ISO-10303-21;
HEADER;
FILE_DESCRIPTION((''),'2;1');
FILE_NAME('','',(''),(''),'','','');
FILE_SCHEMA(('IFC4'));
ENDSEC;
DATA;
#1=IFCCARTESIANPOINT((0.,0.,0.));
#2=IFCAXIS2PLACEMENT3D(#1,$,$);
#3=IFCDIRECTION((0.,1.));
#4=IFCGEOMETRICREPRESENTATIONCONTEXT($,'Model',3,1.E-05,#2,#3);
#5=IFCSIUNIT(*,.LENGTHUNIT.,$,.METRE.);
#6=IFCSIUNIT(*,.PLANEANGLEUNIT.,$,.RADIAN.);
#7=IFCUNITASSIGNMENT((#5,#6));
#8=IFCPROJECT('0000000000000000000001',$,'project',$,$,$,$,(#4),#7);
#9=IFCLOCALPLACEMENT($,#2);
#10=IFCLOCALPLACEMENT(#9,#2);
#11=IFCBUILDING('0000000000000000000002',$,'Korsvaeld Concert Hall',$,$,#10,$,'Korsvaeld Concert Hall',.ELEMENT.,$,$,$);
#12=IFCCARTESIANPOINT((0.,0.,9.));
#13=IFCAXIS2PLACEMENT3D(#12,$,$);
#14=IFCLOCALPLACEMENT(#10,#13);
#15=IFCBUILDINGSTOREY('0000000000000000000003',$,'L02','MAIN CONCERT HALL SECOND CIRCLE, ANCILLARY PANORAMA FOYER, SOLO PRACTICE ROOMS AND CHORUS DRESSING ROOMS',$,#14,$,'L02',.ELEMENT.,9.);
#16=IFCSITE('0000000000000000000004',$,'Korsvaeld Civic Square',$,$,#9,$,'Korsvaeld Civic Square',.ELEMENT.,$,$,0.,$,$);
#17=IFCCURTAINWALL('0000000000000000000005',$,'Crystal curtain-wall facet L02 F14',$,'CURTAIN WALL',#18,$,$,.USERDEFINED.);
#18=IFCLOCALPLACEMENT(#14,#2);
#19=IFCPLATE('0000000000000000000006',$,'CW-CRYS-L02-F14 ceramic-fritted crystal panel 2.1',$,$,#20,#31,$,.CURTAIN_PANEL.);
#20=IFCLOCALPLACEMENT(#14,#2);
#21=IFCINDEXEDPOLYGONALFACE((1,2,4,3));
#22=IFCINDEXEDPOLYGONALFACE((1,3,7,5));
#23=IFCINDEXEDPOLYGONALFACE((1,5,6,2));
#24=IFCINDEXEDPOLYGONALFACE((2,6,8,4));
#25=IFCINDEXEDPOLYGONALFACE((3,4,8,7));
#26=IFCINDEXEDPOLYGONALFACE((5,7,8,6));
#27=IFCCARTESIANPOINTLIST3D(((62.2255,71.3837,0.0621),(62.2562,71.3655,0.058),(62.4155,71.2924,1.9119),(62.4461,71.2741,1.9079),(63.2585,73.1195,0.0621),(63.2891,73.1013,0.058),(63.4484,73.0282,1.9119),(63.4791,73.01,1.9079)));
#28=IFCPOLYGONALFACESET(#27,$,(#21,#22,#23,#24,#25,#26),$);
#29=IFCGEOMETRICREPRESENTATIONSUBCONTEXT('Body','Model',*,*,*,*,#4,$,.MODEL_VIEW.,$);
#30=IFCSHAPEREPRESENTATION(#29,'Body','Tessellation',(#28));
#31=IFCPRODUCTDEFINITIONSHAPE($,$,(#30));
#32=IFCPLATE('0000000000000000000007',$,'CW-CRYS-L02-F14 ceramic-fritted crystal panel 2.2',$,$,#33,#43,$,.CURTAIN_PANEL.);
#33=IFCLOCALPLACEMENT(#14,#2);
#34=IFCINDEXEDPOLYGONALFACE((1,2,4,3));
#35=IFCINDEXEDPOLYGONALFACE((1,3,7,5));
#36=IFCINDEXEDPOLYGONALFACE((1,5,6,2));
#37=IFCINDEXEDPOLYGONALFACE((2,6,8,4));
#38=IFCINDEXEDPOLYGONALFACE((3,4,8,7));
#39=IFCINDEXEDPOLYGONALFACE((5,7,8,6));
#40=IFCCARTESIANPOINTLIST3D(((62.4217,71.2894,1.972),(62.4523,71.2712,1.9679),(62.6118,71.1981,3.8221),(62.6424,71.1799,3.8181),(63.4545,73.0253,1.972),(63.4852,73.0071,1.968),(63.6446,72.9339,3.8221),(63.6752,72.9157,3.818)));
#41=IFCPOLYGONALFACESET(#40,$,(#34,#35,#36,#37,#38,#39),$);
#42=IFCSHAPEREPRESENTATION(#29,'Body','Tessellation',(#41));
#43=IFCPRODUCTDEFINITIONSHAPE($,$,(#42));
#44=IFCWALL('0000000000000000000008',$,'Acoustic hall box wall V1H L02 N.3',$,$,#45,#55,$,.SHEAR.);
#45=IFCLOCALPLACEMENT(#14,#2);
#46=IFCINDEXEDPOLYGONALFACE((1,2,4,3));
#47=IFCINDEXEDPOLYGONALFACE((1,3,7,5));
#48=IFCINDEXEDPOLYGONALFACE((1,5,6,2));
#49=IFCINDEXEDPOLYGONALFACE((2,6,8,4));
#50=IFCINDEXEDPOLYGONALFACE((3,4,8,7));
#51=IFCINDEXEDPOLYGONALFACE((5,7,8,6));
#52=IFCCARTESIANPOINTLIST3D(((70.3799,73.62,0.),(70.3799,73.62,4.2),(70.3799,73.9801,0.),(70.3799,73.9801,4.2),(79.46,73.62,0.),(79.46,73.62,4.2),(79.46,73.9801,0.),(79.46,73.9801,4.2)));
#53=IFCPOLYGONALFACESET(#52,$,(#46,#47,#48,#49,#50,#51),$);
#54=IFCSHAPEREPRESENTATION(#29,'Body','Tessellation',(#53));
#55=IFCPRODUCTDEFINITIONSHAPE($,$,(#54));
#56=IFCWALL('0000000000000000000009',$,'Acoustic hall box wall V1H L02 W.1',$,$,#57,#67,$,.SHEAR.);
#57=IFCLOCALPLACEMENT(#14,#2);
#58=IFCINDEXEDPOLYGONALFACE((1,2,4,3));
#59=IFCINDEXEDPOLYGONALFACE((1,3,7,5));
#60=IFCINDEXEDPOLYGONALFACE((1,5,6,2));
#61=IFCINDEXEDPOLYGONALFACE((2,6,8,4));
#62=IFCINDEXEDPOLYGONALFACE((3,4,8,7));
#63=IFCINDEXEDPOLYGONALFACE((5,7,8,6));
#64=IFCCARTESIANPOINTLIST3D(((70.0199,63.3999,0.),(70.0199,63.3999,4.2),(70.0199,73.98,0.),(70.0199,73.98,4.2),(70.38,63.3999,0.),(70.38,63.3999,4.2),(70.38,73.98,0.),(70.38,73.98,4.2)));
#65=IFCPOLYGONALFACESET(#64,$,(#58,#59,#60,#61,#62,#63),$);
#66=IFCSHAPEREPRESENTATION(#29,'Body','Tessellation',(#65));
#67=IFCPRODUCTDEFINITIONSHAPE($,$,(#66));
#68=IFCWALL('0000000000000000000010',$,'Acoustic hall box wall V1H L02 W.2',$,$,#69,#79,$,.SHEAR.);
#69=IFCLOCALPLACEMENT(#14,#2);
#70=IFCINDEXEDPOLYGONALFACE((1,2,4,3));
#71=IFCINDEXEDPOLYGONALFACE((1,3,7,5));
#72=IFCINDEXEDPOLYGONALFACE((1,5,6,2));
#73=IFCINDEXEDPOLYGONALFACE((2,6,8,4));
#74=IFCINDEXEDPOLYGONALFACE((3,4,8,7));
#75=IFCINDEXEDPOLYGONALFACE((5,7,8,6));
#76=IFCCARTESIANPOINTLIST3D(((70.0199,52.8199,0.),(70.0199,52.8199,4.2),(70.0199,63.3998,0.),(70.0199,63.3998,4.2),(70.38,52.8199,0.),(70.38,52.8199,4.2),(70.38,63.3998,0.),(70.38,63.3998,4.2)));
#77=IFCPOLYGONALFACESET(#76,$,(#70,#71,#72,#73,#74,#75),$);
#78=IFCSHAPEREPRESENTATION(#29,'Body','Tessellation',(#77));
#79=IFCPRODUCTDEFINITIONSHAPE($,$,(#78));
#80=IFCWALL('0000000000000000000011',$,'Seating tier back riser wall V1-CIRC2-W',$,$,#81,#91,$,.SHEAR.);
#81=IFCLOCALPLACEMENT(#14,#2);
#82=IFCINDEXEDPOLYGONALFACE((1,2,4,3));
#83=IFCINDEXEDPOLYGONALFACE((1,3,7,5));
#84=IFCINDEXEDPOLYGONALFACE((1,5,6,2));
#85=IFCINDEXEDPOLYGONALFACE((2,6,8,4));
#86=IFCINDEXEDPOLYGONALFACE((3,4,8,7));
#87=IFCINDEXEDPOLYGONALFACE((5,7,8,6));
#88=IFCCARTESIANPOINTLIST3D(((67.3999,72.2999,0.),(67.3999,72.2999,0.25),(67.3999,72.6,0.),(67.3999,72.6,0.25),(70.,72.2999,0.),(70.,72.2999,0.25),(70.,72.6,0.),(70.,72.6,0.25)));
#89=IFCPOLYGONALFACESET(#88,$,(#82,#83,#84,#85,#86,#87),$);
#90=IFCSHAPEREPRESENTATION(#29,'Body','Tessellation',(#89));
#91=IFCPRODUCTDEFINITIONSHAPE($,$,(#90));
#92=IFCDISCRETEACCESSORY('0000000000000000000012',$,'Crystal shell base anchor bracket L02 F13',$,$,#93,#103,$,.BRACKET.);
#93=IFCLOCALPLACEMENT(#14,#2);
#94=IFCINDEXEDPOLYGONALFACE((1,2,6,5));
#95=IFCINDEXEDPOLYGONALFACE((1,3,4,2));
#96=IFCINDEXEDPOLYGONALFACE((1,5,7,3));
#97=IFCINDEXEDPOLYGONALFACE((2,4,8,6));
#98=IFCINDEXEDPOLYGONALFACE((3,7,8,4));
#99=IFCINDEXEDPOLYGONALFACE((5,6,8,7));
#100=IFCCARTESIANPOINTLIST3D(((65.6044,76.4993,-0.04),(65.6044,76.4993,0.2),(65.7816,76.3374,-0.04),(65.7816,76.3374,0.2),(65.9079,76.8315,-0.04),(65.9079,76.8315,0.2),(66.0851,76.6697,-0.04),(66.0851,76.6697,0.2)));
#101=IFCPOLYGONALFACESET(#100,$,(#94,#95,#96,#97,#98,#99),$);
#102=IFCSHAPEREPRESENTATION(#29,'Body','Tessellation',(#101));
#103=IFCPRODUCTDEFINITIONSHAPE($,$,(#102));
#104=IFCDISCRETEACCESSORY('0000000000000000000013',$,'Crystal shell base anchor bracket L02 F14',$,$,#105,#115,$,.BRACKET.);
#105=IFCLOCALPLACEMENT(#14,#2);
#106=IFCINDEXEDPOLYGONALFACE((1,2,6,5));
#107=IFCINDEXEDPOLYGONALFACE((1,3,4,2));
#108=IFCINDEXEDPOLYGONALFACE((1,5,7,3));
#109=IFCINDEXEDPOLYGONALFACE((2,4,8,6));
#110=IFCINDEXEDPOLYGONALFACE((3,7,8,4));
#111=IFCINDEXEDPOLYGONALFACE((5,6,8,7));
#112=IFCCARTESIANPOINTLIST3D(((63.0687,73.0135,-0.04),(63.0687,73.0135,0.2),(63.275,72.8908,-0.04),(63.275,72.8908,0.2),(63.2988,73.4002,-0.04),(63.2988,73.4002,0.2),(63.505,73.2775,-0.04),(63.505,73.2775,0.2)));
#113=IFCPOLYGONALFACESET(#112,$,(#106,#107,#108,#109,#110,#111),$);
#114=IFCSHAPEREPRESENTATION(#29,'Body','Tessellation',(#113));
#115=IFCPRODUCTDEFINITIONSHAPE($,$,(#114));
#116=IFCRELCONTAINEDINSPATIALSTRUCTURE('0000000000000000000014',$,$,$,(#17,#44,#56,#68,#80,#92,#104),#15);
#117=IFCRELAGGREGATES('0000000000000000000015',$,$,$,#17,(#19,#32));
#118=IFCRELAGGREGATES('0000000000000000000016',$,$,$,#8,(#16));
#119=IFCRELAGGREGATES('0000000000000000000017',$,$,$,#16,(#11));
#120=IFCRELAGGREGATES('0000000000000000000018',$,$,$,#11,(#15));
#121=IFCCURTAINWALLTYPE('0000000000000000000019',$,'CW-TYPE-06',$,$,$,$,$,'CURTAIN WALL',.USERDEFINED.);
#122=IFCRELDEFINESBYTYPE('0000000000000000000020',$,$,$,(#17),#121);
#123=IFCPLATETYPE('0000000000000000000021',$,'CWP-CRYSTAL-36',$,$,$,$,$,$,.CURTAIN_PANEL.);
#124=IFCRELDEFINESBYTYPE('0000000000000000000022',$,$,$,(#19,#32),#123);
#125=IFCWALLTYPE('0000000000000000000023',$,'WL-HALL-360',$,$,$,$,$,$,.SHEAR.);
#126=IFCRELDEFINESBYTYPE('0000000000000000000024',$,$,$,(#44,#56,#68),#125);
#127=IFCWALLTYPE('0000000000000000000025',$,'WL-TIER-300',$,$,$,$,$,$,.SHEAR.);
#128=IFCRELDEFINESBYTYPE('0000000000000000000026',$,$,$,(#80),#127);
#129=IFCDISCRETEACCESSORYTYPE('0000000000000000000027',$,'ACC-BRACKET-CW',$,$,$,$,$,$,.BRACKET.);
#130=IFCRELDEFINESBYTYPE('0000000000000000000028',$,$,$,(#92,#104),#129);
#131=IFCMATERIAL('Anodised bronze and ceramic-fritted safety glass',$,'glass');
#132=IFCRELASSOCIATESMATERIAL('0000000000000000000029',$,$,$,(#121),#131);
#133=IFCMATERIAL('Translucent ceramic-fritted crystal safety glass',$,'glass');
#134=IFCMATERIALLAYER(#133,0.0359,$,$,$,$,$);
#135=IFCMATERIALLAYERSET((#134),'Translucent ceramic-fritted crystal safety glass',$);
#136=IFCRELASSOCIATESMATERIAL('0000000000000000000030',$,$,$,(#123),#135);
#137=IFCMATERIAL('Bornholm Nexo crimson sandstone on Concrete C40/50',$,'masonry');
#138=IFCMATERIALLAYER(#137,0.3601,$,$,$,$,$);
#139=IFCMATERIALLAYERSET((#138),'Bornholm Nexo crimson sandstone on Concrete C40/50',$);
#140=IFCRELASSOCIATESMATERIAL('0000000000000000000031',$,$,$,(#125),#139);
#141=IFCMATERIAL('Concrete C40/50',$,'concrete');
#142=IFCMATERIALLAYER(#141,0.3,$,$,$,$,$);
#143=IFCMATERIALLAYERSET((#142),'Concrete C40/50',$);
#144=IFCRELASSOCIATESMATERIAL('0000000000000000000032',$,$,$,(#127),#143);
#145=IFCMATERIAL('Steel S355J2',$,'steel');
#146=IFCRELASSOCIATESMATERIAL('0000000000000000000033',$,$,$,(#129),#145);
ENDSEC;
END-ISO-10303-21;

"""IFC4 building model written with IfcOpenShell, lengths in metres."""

from ifc_helpers import new_model, si_unit, direction, frame, frame_2d, origin, origin_2d, place, context, subcontext, project, spatial, polyline, rectangle, outline, extrude, material, layer, layer_set, type_object, element, aggregate, save


model = new_model("IFC4")

# Units and contexts
model_context = context("Model", 3, precision=1e-05, world=origin(), true_north=direction((0.0, 1.0)))
body_context = subcontext(model_context, "Body", "Model", "MODEL_VIEW")
ifc_project = project(units=[si_unit("LENGTHUNIT", "METRE"), si_unit("PLANEANGLEUNIT", "RADIAN")], contexts=[model_context])

# Site, building, storey
site_placement = place(None, origin())
site = spatial("IfcSite", under=ifc_project, at=site_placement, Name="Korsvaeld Civic Square", LongName="Korsvaeld Civic Square", CompositionType="ELEMENT", RefElevation=0.0)
building_placement = place(site_placement, origin())
building = spatial("IfcBuilding", under=site, at=building_placement, Name="Korsvaeld Concert Hall", LongName="Korsvaeld Concert Hall", CompositionType="ELEMENT")
storey_placement = place(building_placement, frame((0.0, 0.0, 9.0)))
storey = spatial("IfcBuildingStorey", under=building, at=storey_placement, Name="L02", Description="MAIN CONCERT HALL SECOND CIRCLE, ANCILLARY PANORAMA FOYER, SOLO PRACTICE ROOMS AND CHORUS DRESSING ROOMS", LongName="L02", CompositionType="ELEMENT", Elevation=9.0)

# Shared definitions
ifc_material_1 = material(Name="Concrete C40/50", Category="concrete")

# Curtain wall
ifc_material_2 = material(Name="Anodised bronze and ceramic-fritted safety glass", Category="glass")
curtain_wall_type_1 = type_object("IfcCurtainWallType", Name="CW-TYPE-06", ElementType="CURTAIN WALL", PredefinedType="USERDEFINED", material=ifc_material_2)
curtain_wall_1_placement = place(storey_placement, origin())
curtain_wall_1 = element("IfcCurtainWall", 1, at=curtain_wall_1_placement, inside=storey, type_object=curtain_wall_type_1, Name="Crystal curtain-wall facet L02 F14", ObjectType="CURTAIN WALL", PredefinedType="USERDEFINED")

# Plates
ifc_material_3 = material(Name="Translucent ceramic-fritted crystal safety glass", Category="glass")
ifc_layer_1 = layer(ifc_material_3, 0.0359)
ifc_layer_set_1 = layer_set([ifc_layer_1], Name="Translucent ceramic-fritted crystal safety glass")
plate_type = type_object("IfcPlateType", Name="CWP-CRYSTAL-36", PredefinedType="CURTAIN_PANEL", material=ifc_layer_set_1)
plate_1_placement = place(storey_placement, frame((63.2739, 73.1104, 0.0601), z_axis=(-0.853873, 0.508121, 0.112756), x_axis=(-0.511382, -0.859354, 0.0)))
plate_1 = element("IfcPlate", 2, at=plate_1_placement, type_object=plate_type, Name="CW-CRYS-L02-F14 ceramic-fritted crystal panel 2.1", PredefinedType="CURTAIN_PANEL", context=body_context, shape_type="SweptSolid", body=[
    extrude(outline(polyline([(0.0, 0.0), (2.0199, 0.0), (2.0013, 1.8617), (-0.0187, 1.8617), (0.0, 0.0)])), frame((0.0, 0.0, 0.0181)), (0.0, 0.0, -1.0), 0.0359),
])
plate_2_placement = place(storey_placement, frame((63.47, 73.0161, 1.97), z_axis=(-0.853896, 0.508074, 0.112797), x_axis=(-0.511338, -0.85938, -0.000006)))
plate_2 = element("IfcPlate", 3, at=plate_2_placement, type_object=plate_type, Name="CW-CRYS-L02-F14 ceramic-fritted crystal panel 2.2", PredefinedType="CURTAIN_PANEL", context=body_context, shape_type="SweptSolid", body=[
    extrude(outline(polyline([(0.0, 0.0), (2.0199, 0.0), (2.0011, 1.862), (-0.0187, 1.862), (0.0, 0.0)])), frame((0.0, 0.0, 0.0181)), (0.0, 0.0, -1.0), 0.0359),
])
aggregate(curtain_wall_1, [plate_1, plate_2])

# Walls
ifc_material_4 = material(Name="Bornholm Nexo crimson sandstone on Concrete C40/50", Category="masonry")
ifc_layer_2 = layer(ifc_material_4, 0.3601)
ifc_layer_set_2 = layer_set([ifc_layer_2], Name="Bornholm Nexo crimson sandstone on Concrete C40/50")
wall_type_1 = type_object("IfcWallType", Name="WL-HALL-360", PredefinedType="SHEAR", material=ifc_layer_set_2)
wall_1_placement = place(storey_placement, frame((79.46, 73.8, 0.0), z_axis=(0.0, 0.0, 1.0), x_axis=(-1.0, 0.0, 0.0)))
element("IfcWall", 4, at=wall_1_placement, inside=storey, type_object=wall_type_1, Name="Acoustic hall box wall V1H L02 N.3", PredefinedType="SHEAR", context=body_context, shape_type="SweptSolid", body=[
    extrude(rectangle(XDim=9.0801, YDim=0.3601, at=frame_2d((4.54, 0.0))), origin(), (0.0, 0.0, 1.0), 4.2),
])
wall_2_placement = place(storey_placement, frame((70.2, 73.98, 0.0), z_axis=(0.0, 0.0, 1.0), x_axis=(0.0, -1.0, 0.0)))
element("IfcWall", 5, at=wall_2_placement, inside=storey, type_object=wall_type_1, Name="Acoustic hall box wall V1H L02 W.1", PredefinedType="SHEAR", context=body_context, shape_type="SweptSolid", body=[
    extrude(rectangle(XDim=10.5801, YDim=0.3601, at=frame_2d((5.29, 0.0))), origin(), (0.0, 0.0, 1.0), 4.2),
])
wall_3_placement = place(storey_placement, frame((70.2, 63.3999, 0.0), z_axis=(0.0, 0.0, 1.0), x_axis=(0.0, -1.0, 0.0)))
element("IfcWall", 6, at=wall_3_placement, inside=storey, type_object=wall_type_1, Name="Acoustic hall box wall V1H L02 W.2", PredefinedType="SHEAR", context=body_context, shape_type="SweptSolid", body=[
    extrude(rectangle(XDim=10.5798, YDim=0.3601, at=frame_2d((5.29, 0.0))), origin(), (0.0, 0.0, 1.0), 4.2),
])
ifc_layer_3 = layer(ifc_material_1, 0.3)
ifc_layer_set_3 = layer_set([ifc_layer_3], Name="Concrete C40/50")
wall_type_2 = type_object("IfcWallType", Name="WL-TIER-300", PredefinedType="SHEAR", material=ifc_layer_set_3)
wall_4_placement = place(storey_placement, frame((67.3999, 72.45, 0.0), z_axis=(0.0, 0.0, 1.0), x_axis=(1.0, 0.0, 0.0)))
element("IfcWall", 7, at=wall_4_placement, inside=storey, type_object=wall_type_2, Name="Seating tier back riser wall V1-CIRC2-W", PredefinedType="SHEAR", context=body_context, shape_type="SweptSolid", body=[
    extrude(rectangle(XDim=2.6001, YDim=0.3, at=frame_2d((1.3, 0.0))), origin(), (0.0, 0.0, 1.0), 0.25),
])

# Discrete accessories
ifc_material_5 = material(Name="Steel S355J2", Category="steel")
discrete_accessory_type = type_object("IfcDiscreteAccessoryType", Name="ACC-BRACKET-CW", PredefinedType="BRACKET", material=ifc_material_5)
for number, where, z_axis, x_axis, name in (
    (8, (65.8447, 76.5845, -0.04), (0.0, 0.0, 1.0), (-0.674431, -0.738338, 0.0), "Crystal shell base anchor bracket L02 F13"),
    (9, (63.2869, 73.1455, -0.04), (0.0, 0.0, 1.0), (-0.511293, -0.859406, 0.0), "Crystal shell base anchor bracket L02 F14"),
):
    element("IfcDiscreteAccessory", number, at=place(storey_placement, frame(where, z_axis=z_axis, x_axis=x_axis)), inside=storey, type_object=discrete_accessory_type, Name=name, PredefinedType="BRACKET", context=body_context, shape_type="SweptSolid", body=[
        extrude(rectangle(XDim=0.45, YDim=0.24, at=origin_2d()), origin(), (0.0, 0.0, 1.0), 0.24),
    ])

save(model, "model.ifc")
